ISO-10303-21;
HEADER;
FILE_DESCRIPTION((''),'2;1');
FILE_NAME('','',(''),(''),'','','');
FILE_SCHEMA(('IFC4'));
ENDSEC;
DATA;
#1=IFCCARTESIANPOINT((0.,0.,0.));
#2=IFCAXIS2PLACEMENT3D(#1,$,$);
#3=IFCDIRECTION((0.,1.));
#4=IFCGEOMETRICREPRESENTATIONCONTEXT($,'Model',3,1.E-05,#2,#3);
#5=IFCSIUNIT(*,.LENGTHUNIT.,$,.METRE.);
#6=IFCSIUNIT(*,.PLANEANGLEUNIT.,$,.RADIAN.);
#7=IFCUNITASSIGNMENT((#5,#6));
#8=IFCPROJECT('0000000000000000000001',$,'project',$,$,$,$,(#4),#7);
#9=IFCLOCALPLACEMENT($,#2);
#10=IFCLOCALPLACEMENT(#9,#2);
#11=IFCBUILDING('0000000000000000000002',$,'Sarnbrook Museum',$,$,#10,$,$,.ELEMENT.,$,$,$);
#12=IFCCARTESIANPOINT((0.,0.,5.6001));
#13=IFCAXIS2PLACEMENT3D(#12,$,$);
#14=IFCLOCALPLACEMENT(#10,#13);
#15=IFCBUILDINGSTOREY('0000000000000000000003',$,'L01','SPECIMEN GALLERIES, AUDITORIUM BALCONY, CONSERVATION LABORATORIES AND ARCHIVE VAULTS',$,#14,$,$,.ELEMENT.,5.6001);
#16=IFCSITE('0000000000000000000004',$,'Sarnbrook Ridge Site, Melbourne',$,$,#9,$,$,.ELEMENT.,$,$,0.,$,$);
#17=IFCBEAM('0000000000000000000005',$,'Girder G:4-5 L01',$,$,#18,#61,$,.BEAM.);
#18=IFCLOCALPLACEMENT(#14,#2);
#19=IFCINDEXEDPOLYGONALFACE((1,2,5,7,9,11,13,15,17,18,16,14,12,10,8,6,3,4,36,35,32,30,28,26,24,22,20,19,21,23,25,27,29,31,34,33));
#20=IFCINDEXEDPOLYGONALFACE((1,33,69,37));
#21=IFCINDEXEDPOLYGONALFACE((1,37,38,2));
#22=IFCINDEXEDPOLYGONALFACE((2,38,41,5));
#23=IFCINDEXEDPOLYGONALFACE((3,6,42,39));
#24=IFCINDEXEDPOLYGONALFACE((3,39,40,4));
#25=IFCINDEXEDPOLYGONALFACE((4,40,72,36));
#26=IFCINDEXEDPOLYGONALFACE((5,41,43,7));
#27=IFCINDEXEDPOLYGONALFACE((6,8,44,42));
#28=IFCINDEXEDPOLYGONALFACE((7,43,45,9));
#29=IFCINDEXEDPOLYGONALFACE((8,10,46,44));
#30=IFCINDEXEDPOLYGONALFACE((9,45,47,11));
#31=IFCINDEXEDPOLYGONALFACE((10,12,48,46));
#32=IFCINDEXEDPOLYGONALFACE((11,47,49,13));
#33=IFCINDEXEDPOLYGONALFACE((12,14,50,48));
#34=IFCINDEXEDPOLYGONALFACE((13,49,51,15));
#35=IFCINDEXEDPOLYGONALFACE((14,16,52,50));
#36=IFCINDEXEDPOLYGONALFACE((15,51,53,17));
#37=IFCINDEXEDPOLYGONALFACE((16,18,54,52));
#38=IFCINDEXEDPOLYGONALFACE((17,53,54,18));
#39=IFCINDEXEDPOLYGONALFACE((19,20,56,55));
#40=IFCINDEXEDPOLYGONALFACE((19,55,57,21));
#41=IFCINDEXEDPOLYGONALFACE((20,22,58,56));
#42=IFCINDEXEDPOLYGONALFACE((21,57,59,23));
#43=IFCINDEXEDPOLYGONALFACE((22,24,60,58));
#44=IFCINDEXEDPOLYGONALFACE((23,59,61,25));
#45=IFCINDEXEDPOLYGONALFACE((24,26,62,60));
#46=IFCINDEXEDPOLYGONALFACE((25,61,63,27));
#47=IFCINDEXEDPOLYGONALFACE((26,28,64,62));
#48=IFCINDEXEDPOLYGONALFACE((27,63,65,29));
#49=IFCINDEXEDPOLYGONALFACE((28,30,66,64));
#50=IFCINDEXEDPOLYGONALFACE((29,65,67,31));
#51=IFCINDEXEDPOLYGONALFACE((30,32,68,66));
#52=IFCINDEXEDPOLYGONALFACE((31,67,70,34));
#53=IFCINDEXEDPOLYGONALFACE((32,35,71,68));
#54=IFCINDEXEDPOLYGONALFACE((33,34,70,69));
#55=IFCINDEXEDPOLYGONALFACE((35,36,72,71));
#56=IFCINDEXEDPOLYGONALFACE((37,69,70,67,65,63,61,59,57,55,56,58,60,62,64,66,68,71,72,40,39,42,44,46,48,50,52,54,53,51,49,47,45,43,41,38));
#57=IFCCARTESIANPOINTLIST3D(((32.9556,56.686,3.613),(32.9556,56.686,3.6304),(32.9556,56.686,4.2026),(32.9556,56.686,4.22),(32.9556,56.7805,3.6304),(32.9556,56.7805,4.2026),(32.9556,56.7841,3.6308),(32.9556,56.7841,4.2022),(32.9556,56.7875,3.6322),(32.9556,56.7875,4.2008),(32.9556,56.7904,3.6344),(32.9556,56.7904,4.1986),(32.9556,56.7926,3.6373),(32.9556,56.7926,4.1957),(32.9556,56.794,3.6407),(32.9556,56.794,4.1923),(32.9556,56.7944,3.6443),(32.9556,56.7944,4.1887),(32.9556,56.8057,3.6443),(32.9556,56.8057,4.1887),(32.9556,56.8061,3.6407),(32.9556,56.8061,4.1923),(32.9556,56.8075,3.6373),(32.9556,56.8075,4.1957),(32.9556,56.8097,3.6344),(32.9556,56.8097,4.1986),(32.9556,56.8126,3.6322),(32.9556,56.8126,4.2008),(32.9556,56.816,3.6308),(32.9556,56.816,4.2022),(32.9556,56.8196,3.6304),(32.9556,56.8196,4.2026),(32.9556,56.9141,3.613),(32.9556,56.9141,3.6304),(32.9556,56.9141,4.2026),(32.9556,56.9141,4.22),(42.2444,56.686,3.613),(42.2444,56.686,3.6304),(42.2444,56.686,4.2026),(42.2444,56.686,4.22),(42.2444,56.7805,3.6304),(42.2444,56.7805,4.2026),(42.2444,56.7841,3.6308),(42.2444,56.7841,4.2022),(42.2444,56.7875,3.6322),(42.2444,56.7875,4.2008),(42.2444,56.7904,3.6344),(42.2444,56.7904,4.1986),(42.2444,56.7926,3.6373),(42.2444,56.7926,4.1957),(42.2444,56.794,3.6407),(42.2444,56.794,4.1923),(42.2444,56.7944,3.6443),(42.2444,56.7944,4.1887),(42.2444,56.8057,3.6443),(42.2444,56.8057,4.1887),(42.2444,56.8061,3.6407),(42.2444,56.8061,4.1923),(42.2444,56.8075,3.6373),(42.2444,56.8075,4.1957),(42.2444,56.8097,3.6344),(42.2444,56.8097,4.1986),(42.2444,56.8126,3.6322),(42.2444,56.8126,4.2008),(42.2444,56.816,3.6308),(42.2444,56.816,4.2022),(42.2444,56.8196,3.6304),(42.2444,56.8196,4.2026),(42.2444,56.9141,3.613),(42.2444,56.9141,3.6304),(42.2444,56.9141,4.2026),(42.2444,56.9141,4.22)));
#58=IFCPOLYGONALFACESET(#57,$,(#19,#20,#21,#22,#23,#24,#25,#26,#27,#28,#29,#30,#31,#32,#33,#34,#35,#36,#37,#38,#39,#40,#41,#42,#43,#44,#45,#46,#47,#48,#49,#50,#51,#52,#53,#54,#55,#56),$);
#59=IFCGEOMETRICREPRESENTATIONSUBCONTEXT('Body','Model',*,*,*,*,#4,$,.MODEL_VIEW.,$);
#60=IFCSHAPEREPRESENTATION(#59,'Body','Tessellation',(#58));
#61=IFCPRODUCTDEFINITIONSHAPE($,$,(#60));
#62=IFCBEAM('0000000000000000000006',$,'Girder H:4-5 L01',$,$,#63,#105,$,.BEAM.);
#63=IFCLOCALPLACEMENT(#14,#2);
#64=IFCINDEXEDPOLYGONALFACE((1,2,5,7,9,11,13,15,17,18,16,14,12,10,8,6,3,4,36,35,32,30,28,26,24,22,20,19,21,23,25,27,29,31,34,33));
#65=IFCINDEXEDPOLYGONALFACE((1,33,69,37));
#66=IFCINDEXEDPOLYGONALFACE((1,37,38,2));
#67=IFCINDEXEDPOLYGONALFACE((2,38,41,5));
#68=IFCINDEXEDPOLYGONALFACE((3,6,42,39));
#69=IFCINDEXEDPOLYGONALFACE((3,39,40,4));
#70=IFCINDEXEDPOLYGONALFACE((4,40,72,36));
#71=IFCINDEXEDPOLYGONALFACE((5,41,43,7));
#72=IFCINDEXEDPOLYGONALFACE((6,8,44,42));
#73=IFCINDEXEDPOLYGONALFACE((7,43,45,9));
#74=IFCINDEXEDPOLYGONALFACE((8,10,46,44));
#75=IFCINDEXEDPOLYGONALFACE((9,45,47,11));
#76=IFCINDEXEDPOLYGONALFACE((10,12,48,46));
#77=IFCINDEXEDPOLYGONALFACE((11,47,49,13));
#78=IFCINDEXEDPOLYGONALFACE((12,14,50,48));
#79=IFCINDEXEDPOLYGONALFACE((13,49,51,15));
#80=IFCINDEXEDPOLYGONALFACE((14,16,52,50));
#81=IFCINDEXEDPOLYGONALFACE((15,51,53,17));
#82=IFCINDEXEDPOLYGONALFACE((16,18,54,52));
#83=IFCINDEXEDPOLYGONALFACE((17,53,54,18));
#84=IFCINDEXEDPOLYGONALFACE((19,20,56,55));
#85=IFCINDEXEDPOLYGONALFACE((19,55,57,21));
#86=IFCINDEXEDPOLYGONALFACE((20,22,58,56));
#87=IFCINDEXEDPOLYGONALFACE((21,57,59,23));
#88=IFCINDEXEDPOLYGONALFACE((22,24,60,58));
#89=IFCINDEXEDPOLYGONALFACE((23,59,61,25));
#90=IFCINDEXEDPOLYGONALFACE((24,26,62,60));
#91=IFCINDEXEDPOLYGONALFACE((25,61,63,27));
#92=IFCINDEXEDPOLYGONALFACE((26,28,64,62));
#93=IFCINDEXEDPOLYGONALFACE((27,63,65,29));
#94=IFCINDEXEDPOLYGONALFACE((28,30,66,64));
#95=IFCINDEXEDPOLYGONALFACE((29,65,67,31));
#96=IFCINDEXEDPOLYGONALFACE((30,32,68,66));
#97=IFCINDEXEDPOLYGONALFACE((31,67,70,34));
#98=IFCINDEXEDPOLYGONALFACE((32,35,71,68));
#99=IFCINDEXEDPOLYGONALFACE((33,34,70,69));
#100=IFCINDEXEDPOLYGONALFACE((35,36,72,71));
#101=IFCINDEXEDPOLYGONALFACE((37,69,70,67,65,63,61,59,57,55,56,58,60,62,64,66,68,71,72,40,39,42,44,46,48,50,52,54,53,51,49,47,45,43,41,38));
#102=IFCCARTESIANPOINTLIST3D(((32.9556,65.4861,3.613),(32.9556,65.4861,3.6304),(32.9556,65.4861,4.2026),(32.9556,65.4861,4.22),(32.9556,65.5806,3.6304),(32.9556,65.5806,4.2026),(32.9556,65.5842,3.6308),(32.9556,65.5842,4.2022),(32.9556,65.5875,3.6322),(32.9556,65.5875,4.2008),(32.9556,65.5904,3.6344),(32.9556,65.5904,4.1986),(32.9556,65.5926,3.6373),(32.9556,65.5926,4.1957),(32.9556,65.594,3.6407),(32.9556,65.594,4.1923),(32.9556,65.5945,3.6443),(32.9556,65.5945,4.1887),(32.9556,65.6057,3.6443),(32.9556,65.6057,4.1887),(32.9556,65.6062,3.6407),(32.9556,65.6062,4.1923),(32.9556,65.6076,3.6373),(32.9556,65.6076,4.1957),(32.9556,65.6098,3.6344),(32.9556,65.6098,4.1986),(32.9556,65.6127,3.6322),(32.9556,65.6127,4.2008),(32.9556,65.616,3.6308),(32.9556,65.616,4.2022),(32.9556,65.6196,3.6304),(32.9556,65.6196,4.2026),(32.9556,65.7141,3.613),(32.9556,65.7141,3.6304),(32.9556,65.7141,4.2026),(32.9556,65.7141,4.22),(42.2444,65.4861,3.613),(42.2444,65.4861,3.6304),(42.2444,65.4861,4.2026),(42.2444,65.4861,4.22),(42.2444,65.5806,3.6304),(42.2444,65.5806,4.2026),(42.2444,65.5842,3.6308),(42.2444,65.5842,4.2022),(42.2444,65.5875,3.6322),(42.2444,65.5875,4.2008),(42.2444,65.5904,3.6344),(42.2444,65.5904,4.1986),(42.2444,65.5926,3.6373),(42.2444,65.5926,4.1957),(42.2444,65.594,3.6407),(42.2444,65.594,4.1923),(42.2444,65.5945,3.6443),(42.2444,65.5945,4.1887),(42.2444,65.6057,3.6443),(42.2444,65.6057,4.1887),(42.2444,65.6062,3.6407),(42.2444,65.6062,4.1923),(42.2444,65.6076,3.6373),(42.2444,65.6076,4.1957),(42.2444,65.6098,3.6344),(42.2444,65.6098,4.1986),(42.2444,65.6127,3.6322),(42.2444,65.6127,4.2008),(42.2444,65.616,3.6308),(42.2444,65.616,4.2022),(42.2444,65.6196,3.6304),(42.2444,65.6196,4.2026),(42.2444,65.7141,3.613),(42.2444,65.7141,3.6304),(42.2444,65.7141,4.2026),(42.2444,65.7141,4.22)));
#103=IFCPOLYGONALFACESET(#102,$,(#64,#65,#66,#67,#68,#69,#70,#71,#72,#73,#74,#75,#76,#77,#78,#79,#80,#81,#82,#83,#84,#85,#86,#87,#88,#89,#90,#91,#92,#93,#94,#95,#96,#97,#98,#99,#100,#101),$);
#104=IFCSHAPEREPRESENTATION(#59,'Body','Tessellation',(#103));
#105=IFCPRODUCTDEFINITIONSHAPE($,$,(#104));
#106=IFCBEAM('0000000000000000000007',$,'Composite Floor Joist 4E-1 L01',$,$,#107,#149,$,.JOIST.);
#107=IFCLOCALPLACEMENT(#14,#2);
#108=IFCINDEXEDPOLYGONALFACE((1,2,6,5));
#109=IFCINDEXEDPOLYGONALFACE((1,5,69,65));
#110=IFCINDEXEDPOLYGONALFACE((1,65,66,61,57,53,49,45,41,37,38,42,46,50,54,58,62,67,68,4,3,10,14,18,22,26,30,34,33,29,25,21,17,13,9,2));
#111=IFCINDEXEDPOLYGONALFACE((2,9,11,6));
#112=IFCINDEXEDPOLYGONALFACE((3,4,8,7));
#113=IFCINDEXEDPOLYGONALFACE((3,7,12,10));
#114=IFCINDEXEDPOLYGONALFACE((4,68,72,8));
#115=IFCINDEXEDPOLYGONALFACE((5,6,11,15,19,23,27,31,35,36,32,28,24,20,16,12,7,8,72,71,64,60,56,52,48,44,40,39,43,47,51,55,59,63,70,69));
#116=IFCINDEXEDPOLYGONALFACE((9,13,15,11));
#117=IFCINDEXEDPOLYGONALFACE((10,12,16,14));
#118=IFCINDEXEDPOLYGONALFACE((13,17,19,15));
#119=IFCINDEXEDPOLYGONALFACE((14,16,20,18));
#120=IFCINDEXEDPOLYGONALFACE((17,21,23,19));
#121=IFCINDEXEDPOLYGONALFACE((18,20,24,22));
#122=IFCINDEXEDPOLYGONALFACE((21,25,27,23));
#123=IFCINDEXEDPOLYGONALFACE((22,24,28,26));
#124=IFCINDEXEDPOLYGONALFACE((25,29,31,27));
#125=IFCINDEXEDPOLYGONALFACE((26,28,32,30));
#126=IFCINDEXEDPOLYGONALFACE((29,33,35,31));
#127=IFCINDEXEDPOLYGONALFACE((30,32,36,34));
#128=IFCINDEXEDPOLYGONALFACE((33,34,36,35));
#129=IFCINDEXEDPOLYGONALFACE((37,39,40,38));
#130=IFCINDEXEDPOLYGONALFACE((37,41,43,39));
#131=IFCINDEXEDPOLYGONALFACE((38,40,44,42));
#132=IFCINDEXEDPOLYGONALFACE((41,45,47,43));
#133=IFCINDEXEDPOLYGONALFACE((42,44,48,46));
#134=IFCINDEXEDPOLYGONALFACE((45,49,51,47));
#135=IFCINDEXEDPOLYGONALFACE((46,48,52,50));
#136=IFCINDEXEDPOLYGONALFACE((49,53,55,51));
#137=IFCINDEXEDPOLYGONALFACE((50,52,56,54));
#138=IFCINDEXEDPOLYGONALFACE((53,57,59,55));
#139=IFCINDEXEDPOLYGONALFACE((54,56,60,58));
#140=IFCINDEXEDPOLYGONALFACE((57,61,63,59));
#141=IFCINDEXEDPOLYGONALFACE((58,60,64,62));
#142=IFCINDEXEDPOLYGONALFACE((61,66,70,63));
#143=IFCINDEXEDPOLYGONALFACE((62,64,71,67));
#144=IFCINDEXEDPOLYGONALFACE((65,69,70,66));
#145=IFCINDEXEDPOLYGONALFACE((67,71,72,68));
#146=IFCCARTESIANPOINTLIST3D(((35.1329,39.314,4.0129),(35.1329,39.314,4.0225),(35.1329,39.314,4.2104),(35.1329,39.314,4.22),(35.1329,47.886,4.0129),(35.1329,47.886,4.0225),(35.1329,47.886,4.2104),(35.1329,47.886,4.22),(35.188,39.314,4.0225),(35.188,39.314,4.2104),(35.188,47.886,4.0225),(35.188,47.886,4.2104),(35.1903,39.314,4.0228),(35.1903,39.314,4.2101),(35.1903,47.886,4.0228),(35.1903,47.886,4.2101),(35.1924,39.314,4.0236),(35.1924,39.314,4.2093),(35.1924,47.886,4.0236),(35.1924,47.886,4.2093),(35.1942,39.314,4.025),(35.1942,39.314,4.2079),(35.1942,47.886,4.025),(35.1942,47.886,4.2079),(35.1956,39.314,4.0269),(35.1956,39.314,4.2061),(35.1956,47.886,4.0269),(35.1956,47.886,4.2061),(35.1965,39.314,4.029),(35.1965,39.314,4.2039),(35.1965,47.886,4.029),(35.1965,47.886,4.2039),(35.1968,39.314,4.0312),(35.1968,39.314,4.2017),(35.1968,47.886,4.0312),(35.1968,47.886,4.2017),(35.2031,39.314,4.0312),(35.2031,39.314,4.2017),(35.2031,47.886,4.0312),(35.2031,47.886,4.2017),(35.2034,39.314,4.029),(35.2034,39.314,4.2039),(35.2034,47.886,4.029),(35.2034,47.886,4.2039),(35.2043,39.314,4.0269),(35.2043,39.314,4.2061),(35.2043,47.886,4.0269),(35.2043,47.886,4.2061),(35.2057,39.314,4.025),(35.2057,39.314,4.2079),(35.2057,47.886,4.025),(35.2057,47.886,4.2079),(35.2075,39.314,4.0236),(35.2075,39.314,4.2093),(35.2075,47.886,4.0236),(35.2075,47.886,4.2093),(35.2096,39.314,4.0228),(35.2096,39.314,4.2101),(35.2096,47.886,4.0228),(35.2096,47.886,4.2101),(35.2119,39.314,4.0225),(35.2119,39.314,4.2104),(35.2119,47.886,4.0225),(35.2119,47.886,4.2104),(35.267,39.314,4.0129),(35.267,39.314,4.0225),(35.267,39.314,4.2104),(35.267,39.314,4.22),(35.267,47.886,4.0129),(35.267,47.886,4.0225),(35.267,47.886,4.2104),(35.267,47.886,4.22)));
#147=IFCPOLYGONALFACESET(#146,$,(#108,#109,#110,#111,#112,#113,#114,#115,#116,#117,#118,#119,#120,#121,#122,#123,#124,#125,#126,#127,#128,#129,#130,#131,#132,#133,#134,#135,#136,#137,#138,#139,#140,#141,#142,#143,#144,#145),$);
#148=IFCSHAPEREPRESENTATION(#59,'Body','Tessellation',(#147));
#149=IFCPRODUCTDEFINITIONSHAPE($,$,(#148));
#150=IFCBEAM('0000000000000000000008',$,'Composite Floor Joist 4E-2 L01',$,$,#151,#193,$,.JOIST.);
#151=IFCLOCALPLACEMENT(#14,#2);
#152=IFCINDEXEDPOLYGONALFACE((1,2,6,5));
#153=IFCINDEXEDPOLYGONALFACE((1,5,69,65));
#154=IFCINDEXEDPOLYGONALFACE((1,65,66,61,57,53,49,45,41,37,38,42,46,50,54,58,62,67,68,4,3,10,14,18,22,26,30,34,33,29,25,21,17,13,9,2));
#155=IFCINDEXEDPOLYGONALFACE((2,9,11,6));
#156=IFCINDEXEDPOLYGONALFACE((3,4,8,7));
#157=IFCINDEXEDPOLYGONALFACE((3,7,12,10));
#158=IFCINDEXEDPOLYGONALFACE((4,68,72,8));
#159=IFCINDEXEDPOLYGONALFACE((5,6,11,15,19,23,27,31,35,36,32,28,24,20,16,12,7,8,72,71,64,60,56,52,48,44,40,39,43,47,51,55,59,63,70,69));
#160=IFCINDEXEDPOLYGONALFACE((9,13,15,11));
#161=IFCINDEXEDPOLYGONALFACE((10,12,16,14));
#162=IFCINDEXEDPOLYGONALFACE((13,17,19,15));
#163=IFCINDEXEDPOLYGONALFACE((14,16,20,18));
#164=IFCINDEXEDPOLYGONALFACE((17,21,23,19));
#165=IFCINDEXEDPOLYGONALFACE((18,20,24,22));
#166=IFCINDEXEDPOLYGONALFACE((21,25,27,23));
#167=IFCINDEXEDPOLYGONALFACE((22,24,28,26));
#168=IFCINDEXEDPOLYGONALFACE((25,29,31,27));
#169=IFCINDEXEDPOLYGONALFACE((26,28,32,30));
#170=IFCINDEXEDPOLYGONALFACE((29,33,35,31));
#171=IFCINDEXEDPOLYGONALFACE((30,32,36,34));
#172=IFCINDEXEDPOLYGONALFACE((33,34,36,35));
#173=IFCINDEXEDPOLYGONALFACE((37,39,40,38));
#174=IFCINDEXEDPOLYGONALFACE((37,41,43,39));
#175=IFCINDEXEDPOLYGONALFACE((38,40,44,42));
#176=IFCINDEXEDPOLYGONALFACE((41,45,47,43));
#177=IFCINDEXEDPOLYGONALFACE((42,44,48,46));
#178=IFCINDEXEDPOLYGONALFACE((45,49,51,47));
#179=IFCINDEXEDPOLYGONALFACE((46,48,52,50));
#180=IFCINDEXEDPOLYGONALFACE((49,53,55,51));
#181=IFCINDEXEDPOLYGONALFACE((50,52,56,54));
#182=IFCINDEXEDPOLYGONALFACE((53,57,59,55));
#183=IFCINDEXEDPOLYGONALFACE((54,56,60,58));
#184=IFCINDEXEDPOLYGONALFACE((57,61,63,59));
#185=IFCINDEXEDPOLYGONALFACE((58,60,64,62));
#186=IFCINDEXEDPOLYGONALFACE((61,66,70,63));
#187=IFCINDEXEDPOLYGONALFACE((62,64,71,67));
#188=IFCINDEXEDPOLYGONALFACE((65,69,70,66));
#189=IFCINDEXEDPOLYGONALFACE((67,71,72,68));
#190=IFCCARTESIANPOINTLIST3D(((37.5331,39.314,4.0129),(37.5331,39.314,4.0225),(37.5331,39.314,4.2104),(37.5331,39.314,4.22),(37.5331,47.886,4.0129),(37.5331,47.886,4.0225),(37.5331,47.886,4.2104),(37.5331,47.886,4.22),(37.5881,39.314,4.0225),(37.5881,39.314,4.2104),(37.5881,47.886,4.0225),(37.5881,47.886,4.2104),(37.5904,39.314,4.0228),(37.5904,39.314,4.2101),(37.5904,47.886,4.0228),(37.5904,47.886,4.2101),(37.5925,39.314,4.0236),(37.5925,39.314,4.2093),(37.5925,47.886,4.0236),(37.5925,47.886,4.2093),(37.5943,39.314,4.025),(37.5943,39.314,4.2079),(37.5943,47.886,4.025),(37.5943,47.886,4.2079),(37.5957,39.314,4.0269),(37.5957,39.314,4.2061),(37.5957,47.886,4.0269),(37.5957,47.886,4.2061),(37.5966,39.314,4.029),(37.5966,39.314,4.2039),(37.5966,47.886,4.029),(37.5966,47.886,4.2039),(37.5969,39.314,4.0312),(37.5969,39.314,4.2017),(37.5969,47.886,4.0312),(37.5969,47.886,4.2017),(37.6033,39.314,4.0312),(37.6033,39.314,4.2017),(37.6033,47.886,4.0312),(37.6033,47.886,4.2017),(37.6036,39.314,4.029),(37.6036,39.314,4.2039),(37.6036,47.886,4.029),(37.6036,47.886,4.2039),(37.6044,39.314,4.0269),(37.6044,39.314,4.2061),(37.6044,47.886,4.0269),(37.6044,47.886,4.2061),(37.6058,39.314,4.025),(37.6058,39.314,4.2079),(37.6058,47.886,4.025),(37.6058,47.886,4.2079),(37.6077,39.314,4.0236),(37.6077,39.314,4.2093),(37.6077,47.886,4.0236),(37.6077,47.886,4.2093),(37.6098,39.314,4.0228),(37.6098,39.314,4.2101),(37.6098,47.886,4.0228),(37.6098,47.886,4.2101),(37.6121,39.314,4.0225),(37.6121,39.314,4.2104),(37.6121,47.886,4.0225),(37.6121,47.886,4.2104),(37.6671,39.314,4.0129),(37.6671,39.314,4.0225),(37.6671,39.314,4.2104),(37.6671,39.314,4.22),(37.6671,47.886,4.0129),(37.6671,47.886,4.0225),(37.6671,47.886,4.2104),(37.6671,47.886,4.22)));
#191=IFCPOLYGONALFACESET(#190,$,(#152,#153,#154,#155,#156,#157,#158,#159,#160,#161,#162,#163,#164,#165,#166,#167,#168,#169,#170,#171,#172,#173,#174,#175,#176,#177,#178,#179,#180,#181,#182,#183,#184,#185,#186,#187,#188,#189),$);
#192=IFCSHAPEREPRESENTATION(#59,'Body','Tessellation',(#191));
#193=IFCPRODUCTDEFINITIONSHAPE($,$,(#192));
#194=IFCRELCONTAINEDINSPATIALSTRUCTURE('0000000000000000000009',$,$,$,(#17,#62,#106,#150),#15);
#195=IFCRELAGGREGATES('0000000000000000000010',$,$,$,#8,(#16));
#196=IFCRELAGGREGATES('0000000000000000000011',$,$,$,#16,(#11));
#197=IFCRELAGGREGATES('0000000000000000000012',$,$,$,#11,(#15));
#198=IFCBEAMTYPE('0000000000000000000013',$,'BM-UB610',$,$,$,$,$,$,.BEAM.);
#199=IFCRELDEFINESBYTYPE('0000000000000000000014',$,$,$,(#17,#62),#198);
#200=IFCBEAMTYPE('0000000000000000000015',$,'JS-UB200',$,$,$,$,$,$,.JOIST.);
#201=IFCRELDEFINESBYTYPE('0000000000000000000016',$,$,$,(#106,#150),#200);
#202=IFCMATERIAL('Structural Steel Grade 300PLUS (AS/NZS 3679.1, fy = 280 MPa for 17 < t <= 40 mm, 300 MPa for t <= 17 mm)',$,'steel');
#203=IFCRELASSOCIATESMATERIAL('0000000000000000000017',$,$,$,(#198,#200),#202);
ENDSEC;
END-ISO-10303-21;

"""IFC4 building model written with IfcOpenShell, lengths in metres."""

from ifc_helpers import new_model, si_unit, direction, frame, origin, origin_2d, place, context, subcontext, project, spatial, i_section, extrude, material, material_profile, profile_set, type_object, element, save


model = new_model("IFC4")

# Units and contexts
model_context = context("Model", 3, precision=1e-05, world=origin(), true_north=direction((0.0, 1.0)))
body_context = subcontext(model_context, "Body", "Model", "MODEL_VIEW")
ifc_project = project(units=[si_unit("LENGTHUNIT", "METRE"), si_unit("PLANEANGLEUNIT", "RADIAN")], contexts=[model_context])

# Site, building, storey
site_placement = place(None, origin())
site = spatial("IfcSite", under=ifc_project, at=site_placement, Name="Sarnbrook Ridge Site, Melbourne", CompositionType="ELEMENT", RefElevation=0.0)
building_placement = place(site_placement, origin())
building = spatial("IfcBuilding", under=site, at=building_placement, Name="Sarnbrook Museum", CompositionType="ELEMENT")
storey_placement = place(building_placement, frame((0.0, 0.0, 5.6001)))
storey = spatial("IfcBuildingStorey", under=building, at=storey_placement, Name="L01", Description="SPECIMEN GALLERIES, AUDITORIUM BALCONY, CONSERVATION LABORATORIES AND ARCHIVE VAULTS", CompositionType="ELEMENT", Elevation=5.6001)

# Shared definitions
ifc_material_1 = material(Name="Structural Steel Grade 300PLUS (AS/NZS 3679.1, fy = 280 MPa for 17 < t <= 40 mm, 300 MPa for t <= 17 mm)", Category="steel")

# Beams
ifc_material_profile_1 = material_profile(ifc_material_1, i_section(OverallWidth=0.228, OverallDepth=0.6069, WebThickness=0.0112, FlangeThickness=0.0173, FilletRadius=0.0139, at=origin_2d()), Name="610UB113")
ifc_profile_set_1 = profile_set([ifc_material_profile_1], Name="Structural Steel Grade 300PLUS (AS/NZS 3679.1, fy = 280 MPa for 17 < t <= 40 mm, 300 MPa for t <= 17 mm)")
beam_type_1 = type_object("IfcBeamType", Name="BM-UB610", PredefinedType="BEAM", material=ifc_profile_set_1)
for number, where, z_axis, x_axis, name in (
    (1, (32.9556, 56.8, 3.9165), (1.0, 0.0, 0.0), (0.0, 1.0, 0.0), "Girder G:4-5 L01"),
    (2, (32.9556, 65.6001, 3.9165), (1.0, 0.0, 0.0), (0.0, 1.0, 0.0), "Girder H:4-5 L01"),
):
    element("IfcBeam", number, at=place(storey_placement, frame(where, z_axis=z_axis, x_axis=x_axis)), inside=storey, type_object=beam_type_1, Name=name, PredefinedType="BEAM", context=body_context, shape_type="SweptSolid", body=[
        extrude(i_section(OverallWidth=0.228, OverallDepth=0.6069, WebThickness=0.0112, FlangeThickness=0.0173, FilletRadius=0.0139, at=origin_2d()), origin(), (0.0, 0.0, 1.0), 9.2888),
    ])
ifc_material_profile_2 = material_profile(ifc_material_1, i_section(OverallWidth=0.134, OverallDepth=0.207, WebThickness=0.0063, FlangeThickness=0.0095, FilletRadius=0.0088, at=origin_2d()), Name="200UB29.8")
ifc_profile_set_2 = profile_set([ifc_material_profile_2], Name="Structural Steel Grade 300PLUS (AS/NZS 3679.1, fy = 280 MPa for 17 < t <= 40 mm, 300 MPa for t <= 17 mm)")
beam_type_2 = type_object("IfcBeamType", Name="JS-UB200", PredefinedType="JOIST", material=ifc_profile_set_2)
for number, where, z_axis, x_axis, name in (
    (3, (35.2, 39.314, 4.1165), (0.0, 1.0, 0.0), (-1.0, 0.0, 0.0), "Composite Floor Joist 4E-1 L01"),
    (4, (37.6001, 39.314, 4.1165), (0.0, 1.0, 0.0), (-1.0, 0.0, 0.0), "Composite Floor Joist 4E-2 L01"),
):
    element("IfcBeam", number, at=place(storey_placement, frame(where, z_axis=z_axis, x_axis=x_axis)), inside=storey, type_object=beam_type_2, Name=name, PredefinedType="JOIST", context=body_context, shape_type="SweptSolid", body=[
        extrude(i_section(OverallWidth=0.134, OverallDepth=0.207, WebThickness=0.0063, FlangeThickness=0.0095, FilletRadius=0.0088, at=origin_2d()), origin(), (0.0, 0.0, 1.0), 8.572),
    ])

save(model, "model.ifc")
